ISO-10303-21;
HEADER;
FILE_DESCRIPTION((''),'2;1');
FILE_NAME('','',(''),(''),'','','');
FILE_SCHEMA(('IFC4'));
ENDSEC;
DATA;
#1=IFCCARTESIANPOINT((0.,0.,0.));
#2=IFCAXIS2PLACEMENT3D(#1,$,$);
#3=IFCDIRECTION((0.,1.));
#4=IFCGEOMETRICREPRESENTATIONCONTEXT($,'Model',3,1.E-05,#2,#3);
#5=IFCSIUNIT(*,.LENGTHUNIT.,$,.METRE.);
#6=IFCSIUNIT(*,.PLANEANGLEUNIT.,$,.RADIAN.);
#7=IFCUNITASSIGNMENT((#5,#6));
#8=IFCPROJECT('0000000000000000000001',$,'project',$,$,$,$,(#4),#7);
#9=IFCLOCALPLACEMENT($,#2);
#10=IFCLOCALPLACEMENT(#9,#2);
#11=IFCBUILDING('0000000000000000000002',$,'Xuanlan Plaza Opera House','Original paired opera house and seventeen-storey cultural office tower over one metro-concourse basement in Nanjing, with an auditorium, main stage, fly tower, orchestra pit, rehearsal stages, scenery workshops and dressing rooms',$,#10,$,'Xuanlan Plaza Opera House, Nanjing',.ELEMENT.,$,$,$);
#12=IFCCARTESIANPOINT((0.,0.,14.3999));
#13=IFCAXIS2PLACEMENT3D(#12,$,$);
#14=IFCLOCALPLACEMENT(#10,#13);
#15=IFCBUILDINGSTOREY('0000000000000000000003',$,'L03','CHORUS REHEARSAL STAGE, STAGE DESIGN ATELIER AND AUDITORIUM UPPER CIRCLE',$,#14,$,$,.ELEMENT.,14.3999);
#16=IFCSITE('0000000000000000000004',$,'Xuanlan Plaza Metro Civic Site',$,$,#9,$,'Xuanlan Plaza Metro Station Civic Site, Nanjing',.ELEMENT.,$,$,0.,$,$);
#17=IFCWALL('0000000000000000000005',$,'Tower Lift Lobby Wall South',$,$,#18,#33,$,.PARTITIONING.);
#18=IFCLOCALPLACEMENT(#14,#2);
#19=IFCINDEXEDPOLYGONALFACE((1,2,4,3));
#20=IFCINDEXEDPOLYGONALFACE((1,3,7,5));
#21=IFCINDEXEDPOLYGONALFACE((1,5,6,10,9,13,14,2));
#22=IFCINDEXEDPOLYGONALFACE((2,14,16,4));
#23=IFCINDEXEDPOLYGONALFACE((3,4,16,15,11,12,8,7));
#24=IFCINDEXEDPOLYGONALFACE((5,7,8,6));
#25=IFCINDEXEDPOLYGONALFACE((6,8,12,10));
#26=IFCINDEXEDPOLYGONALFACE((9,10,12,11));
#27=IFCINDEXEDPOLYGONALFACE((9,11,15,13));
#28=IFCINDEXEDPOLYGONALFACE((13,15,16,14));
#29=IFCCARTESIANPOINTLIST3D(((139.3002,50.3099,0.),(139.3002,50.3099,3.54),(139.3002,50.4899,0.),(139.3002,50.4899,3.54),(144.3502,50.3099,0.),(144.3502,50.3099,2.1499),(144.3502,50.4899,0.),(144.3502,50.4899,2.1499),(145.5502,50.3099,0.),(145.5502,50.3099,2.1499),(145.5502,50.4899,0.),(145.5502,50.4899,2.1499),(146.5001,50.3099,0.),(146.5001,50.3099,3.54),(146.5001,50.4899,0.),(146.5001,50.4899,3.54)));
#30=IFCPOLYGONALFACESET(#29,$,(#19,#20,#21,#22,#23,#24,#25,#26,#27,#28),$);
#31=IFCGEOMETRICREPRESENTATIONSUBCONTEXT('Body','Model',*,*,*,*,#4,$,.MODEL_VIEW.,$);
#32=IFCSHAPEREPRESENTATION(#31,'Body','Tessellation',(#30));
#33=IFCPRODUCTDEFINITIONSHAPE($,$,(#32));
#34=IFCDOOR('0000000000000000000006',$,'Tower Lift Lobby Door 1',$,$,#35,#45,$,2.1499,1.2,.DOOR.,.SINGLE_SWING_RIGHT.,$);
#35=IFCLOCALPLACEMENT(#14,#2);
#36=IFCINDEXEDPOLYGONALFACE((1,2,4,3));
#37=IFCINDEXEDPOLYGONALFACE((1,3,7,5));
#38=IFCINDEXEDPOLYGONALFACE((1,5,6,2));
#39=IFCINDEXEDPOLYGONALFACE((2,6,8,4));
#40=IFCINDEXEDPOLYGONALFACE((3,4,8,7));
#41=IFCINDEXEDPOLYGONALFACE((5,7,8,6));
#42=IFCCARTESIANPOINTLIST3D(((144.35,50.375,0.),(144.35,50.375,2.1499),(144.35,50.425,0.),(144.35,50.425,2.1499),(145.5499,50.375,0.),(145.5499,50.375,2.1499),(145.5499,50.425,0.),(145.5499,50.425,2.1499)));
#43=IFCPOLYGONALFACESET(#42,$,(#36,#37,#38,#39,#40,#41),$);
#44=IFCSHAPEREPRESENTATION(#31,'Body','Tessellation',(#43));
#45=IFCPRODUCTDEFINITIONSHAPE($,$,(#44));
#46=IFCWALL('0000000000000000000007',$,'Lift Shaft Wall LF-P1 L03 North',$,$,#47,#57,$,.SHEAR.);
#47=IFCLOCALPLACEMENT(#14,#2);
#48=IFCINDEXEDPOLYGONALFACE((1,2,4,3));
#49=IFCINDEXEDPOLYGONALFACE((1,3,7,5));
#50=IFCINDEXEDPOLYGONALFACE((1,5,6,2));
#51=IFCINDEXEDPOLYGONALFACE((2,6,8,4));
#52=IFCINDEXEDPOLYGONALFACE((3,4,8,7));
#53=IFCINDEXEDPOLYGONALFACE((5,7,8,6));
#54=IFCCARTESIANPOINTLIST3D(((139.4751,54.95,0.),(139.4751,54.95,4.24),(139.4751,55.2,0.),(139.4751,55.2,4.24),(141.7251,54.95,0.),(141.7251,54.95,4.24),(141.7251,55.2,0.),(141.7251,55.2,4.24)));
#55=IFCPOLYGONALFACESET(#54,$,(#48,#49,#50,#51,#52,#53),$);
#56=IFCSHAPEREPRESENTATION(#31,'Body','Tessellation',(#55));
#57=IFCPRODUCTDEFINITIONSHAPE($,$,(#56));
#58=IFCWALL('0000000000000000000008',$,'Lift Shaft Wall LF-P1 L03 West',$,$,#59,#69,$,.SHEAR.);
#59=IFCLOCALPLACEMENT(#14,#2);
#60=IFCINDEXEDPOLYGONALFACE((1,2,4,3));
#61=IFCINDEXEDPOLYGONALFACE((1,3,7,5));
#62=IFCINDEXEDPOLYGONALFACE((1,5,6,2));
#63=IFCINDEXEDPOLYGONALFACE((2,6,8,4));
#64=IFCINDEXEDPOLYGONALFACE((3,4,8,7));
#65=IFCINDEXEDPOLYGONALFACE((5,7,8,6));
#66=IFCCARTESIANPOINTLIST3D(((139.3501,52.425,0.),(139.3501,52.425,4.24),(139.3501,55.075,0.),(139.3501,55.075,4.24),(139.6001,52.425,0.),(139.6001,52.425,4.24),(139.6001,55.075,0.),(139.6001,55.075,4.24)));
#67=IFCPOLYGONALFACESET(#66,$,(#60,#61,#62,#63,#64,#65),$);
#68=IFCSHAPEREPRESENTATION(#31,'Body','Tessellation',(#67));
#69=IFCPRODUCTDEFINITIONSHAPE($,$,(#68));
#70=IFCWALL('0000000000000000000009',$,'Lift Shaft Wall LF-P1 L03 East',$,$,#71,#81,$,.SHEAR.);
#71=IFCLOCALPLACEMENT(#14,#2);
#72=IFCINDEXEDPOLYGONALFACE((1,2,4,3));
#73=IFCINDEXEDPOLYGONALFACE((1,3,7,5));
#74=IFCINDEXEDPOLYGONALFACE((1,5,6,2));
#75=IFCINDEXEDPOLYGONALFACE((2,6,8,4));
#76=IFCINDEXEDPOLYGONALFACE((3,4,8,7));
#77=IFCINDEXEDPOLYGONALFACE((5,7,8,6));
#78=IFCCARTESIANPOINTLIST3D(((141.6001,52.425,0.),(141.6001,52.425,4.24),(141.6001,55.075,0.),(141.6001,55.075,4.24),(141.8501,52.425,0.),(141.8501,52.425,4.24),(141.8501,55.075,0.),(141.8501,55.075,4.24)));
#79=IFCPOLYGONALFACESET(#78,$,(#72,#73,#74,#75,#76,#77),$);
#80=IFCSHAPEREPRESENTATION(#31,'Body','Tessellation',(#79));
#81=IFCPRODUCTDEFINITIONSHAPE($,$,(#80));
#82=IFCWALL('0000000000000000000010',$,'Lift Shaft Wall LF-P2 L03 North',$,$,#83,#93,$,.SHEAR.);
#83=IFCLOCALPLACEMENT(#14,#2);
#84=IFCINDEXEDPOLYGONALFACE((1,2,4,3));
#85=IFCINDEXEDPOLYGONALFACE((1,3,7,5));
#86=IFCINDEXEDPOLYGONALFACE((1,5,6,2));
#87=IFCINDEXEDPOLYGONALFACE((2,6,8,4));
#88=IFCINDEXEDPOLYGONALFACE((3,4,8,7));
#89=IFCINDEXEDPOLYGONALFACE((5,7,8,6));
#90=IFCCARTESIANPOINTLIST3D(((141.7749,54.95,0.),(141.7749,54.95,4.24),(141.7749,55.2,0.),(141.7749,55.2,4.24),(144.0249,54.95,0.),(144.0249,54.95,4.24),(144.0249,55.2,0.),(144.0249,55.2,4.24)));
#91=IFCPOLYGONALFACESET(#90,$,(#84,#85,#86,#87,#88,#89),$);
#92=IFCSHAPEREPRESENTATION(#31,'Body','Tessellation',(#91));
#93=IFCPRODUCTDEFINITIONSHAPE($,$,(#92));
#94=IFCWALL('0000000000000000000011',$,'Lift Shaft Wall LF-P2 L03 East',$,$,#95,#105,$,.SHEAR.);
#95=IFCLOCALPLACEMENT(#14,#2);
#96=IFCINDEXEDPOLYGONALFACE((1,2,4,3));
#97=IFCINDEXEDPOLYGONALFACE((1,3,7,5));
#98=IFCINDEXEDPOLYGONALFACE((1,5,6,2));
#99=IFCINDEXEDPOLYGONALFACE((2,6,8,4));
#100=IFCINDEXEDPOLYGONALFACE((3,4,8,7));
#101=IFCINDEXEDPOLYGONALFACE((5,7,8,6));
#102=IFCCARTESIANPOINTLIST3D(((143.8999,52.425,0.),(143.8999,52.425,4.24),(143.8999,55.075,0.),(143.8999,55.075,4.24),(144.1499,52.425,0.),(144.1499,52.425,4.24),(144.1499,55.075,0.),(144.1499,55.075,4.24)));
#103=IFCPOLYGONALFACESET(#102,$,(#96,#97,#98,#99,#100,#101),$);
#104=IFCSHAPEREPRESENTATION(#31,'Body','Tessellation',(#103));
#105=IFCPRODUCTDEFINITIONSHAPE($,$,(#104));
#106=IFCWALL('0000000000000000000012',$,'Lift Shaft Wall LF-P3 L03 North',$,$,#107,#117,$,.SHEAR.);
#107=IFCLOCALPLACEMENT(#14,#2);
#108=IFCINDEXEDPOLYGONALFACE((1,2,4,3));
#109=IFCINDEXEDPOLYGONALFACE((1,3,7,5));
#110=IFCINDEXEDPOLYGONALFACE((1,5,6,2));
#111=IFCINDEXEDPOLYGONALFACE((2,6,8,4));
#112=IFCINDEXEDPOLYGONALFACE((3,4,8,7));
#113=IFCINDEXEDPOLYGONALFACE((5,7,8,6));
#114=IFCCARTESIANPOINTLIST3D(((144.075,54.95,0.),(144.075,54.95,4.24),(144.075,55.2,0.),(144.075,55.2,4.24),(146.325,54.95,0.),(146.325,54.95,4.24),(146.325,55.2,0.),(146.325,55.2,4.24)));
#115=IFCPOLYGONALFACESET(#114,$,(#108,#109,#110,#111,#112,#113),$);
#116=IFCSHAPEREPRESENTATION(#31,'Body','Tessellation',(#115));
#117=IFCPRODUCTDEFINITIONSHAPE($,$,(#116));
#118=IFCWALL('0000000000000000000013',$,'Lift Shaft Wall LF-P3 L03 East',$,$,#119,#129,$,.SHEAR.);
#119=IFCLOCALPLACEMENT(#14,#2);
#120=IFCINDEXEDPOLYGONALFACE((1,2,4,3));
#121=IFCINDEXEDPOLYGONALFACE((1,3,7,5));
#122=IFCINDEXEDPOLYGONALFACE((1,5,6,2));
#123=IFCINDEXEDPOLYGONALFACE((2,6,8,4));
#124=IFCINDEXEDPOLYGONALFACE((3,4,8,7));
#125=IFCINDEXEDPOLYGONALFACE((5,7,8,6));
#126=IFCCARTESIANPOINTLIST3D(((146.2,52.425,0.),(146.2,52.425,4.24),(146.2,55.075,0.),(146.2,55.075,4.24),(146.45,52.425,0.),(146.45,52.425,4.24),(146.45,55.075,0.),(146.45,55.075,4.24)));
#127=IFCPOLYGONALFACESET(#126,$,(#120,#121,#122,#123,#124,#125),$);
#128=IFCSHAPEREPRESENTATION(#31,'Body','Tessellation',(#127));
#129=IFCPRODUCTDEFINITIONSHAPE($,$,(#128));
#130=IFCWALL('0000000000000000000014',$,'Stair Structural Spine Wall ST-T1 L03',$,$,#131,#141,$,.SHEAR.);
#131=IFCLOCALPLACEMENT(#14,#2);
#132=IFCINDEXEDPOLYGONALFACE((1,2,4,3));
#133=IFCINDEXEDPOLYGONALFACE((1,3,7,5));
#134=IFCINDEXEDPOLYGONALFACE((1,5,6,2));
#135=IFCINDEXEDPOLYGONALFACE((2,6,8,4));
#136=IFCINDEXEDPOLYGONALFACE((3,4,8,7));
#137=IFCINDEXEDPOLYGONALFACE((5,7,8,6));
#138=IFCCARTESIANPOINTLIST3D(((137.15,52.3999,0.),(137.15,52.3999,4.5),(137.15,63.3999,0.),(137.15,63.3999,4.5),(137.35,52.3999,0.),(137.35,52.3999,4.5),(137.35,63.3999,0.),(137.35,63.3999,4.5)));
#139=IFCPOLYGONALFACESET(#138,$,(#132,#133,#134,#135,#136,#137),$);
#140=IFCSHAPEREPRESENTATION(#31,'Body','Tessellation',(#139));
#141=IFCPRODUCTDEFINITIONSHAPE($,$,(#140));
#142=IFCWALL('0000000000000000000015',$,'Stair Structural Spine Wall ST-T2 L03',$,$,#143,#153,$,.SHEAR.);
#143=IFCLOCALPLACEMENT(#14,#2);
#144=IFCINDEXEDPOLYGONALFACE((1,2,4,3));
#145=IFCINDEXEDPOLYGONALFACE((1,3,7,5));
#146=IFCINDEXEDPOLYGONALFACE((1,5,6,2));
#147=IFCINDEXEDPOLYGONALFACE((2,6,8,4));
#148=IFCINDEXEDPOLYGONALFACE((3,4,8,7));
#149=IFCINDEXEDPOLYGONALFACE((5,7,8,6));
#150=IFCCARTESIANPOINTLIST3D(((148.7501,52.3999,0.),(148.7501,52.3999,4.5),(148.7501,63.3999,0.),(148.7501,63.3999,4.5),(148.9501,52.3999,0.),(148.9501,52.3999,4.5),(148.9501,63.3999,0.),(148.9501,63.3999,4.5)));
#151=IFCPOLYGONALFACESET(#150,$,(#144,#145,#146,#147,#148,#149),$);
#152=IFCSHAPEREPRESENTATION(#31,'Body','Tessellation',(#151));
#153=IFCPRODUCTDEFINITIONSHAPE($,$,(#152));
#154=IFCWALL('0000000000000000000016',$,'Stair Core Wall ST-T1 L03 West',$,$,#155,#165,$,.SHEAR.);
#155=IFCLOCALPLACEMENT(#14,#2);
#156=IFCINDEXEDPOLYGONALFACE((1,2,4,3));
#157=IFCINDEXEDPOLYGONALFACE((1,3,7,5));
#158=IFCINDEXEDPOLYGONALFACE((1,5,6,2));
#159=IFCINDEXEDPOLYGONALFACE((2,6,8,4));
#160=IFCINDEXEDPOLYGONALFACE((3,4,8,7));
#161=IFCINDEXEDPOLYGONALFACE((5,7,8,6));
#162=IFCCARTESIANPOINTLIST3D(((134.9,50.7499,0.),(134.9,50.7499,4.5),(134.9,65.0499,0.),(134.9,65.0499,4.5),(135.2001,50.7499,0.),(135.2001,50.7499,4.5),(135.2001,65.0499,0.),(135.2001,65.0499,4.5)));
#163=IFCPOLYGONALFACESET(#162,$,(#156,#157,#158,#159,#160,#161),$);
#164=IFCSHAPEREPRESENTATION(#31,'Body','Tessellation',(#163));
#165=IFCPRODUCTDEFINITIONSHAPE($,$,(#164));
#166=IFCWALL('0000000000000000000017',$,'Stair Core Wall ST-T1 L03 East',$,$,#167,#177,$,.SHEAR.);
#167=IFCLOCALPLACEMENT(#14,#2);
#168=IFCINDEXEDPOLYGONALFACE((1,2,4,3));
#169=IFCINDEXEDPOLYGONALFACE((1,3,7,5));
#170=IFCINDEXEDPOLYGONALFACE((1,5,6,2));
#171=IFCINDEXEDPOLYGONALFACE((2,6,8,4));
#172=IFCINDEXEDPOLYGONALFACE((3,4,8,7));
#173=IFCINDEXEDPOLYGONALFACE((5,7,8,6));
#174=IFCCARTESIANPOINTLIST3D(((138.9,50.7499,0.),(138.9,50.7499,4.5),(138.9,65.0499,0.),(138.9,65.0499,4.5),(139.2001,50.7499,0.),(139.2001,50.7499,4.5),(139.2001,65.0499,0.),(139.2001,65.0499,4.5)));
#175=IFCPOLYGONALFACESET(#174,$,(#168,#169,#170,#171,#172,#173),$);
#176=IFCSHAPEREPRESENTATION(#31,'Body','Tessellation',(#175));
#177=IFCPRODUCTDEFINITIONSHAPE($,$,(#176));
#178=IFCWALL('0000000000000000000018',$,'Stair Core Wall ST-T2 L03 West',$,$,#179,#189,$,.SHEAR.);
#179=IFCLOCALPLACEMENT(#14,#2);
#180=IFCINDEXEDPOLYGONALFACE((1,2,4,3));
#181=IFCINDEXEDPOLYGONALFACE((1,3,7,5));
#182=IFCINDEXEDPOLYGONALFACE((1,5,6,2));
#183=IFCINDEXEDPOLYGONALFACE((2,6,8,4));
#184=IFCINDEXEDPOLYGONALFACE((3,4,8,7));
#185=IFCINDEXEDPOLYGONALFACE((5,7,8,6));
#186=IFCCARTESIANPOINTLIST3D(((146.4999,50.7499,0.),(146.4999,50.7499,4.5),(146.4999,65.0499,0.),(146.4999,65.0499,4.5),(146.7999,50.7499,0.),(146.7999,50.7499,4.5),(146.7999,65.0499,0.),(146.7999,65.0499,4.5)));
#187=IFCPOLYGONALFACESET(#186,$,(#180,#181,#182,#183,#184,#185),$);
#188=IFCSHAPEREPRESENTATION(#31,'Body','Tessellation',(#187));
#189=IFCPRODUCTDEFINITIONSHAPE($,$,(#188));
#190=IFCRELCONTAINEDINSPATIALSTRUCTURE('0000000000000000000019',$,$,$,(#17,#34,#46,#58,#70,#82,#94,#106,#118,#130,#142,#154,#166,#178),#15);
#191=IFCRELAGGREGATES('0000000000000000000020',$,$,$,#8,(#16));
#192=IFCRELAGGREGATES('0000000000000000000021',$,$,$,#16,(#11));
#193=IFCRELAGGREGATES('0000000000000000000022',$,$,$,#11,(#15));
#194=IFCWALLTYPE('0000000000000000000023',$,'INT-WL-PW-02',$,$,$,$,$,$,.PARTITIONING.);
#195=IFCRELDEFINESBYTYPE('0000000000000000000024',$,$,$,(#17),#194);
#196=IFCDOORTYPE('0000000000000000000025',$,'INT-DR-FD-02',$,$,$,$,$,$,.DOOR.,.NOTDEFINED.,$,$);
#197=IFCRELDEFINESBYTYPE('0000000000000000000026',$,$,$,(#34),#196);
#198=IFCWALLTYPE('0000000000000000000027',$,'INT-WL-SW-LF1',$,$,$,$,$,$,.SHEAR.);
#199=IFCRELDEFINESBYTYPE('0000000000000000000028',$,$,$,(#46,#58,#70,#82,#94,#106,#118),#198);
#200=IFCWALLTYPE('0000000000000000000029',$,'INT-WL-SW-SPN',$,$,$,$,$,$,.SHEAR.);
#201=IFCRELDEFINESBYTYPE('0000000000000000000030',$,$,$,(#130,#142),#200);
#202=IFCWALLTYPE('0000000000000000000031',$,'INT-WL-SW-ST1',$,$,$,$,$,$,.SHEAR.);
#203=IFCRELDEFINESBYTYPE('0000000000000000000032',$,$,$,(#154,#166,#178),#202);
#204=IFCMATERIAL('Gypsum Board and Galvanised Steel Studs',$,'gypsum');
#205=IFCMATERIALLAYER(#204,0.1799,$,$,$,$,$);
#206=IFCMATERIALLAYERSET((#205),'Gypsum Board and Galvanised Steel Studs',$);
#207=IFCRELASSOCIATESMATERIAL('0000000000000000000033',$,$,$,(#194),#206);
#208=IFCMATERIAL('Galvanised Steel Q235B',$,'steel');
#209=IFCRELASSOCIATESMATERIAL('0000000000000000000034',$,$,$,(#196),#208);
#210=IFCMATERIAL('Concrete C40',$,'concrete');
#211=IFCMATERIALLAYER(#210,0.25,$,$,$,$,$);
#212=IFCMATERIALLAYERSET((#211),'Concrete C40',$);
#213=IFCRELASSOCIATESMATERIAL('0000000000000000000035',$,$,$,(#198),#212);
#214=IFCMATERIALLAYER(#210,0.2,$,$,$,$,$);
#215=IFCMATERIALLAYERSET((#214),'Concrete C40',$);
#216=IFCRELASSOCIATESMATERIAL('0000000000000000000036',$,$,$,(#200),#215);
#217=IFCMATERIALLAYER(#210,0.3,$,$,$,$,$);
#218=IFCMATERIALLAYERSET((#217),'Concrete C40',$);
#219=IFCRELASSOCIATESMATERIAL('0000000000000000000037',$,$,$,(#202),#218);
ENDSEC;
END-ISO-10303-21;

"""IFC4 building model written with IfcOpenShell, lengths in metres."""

from ifc_helpers import new_model, si_unit, direction, frame, frame_2d, origin, place, context, subcontext, project, spatial, rectangle, extrude, material, layer, layer_set, type_object, element, fill, save


model = new_model("IFC4")

# Units and contexts
model_context = context("Model", 3, precision=1e-05, world=origin(), true_north=direction((0.0, 1.0)))
body_context = subcontext(model_context, "Body", "Model", "MODEL_VIEW")
ifc_project = project(units=[si_unit("LENGTHUNIT", "METRE"), si_unit("PLANEANGLEUNIT", "RADIAN")], contexts=[model_context])

# Site, building, storey
site_placement = place(None, origin())
site = spatial("IfcSite", under=ifc_project, at=site_placement, Name="Xuanlan Plaza Metro Civic Site", LongName="Xuanlan Plaza Metro Station Civic Site, Nanjing", CompositionType="ELEMENT", RefElevation=0.0)
building_placement = place(site_placement, origin())
building = spatial("IfcBuilding", under=site, at=building_placement, Name="Xuanlan Plaza Opera House", Description="Original paired opera house and seventeen-storey cultural office tower over one metro-concourse basement in Nanjing, with an auditorium, main stage, fly tower, orchestra pit, rehearsal stages, scenery workshops and dressing rooms", LongName="Xuanlan Plaza Opera House, Nanjing", CompositionType="ELEMENT")
storey_placement = place(building_placement, frame((0.0, 0.0, 14.3999)))
storey = spatial("IfcBuildingStorey", under=building, at=storey_placement, Name="L03", Description="CHORUS REHEARSAL STAGE, STAGE DESIGN ATELIER AND AUDITORIUM UPPER CIRCLE", CompositionType="ELEMENT", Elevation=14.3999)

# Shared definitions
ifc_material_1 = material(Name="Concrete C40", Category="concrete")

# Wall, opening, door
ifc_material_2 = material(Name="Gypsum Board and Galvanised Steel Studs", Category="gypsum")
ifc_layer_1 = layer(ifc_material_2, 0.1799)
ifc_layer_set_1 = layer_set([ifc_layer_1], Name="Gypsum Board and Galvanised Steel Studs")
wall_type_1 = type_object("IfcWallType", Name="INT-WL-PW-02", PredefinedType="PARTITIONING", material=ifc_layer_set_1)
wall_1_placement = place(storey_placement, frame((139.3, 50.3999, 0.0), z_axis=(0.0, 0.0, 1.0), x_axis=(1.0, 0.0, 0.0)))
wall_1 = element("IfcWall", 1, at=wall_1_placement, inside=storey, type_object=wall_type_1, Name="Tower Lift Lobby Wall South", PredefinedType="PARTITIONING", context=body_context, shape_type="SweptSolid", body=[
    extrude(rectangle(XDim=7.2, YDim=0.1799, at=frame_2d((3.6001, 0.0))), origin(), (0.0, 0.0, 1.0), 3.54),
])
opening_1_placement = place(wall_1_placement, frame((5.05, 0.0, 0.0)))
opening_1 = element("IfcOpeningElement", 2, at=opening_1_placement, cuts=wall_1, PredefinedType="OPENING", context=body_context, shape_type="SweptSolid", body=[
    extrude(rectangle(XDim=1.2, YDim=2.1499, at=frame_2d((0.6001, 1.075))), frame((0.0, 0.0999, 0.0), z_axis=(0.0, -1.0, 0.0), x_axis=(1.0, 0.0, 0.0)), (0.0, 0.0, 1.0), 0.2),
])
ifc_material_3 = material(Name="Galvanised Steel Q235B", Category="steel")
door_type_1 = type_object("IfcDoorType", Name="INT-DR-FD-02", OperationType="NOTDEFINED", PredefinedType="DOOR", material=ifc_material_3)
door_1_placement = place(opening_1_placement, frame((1.2, 0.0, 0.0), z_axis=(0.0, 0.0, 1.0), x_axis=(-1.0, 0.0, 0.0)))
door_1 = element("IfcDoor", 3, at=door_1_placement, inside=storey, type_object=door_type_1, Name="Tower Lift Lobby Door 1", OperationType="SINGLE_SWING_RIGHT", OverallHeight=2.1499, OverallWidth=1.2, PredefinedType="DOOR", context=body_context, shape_type="SweptSolid", body=[
    extrude(rectangle(XDim=1.2, YDim=2.1499, at=frame_2d((0.6001, 1.075))), frame((0.0, 0.0249, 0.0), z_axis=(0.0, -1.0, 0.0), x_axis=(1.0, 0.0, 0.0)), (0.0, 0.0, 1.0), 0.05),
])
fill(opening_1, door_1)
ifc_layer_2 = layer(ifc_material_1, 0.25)
ifc_layer_set_2 = layer_set([ifc_layer_2], Name="Concrete C40")
wall_type_2 = type_object("IfcWallType", Name="INT-WL-SW-LF1", PredefinedType="SHEAR", material=ifc_layer_set_2)

# Walls
wall_2_placement = place(storey_placement, frame((139.4751, 55.075, 0.0), z_axis=(0.0, 0.0, 1.0), x_axis=(1.0, 0.0, 0.0)))
element("IfcWall", 4, at=wall_2_placement, inside=storey, type_object=wall_type_2, Name="Lift Shaft Wall LF-P1 L03 North", PredefinedType="SHEAR", context=body_context, shape_type="SweptSolid", body=[
    extrude(rectangle(XDim=2.25, YDim=0.25, at=frame_2d((1.125, 0.0))), origin(), (0.0, 0.0, 1.0), 4.24),
])
for number, where, z_axis, x_axis, name in (
    (5, (139.4751, 52.425, 0.0), (0.0, 0.0, 1.0), (0.0, 1.0, 0.0), "Lift Shaft Wall LF-P1 L03 West"),
    (6, (141.7251, 52.425, 0.0), (0.0, 0.0, 1.0), (0.0, 1.0, 0.0), "Lift Shaft Wall LF-P1 L03 East"),
):
    element("IfcWall", number, at=place(storey_placement, frame(where, z_axis=z_axis, x_axis=x_axis)), inside=storey, type_object=wall_type_2, Name=name, PredefinedType="SHEAR", context=body_context, shape_type="SweptSolid", body=[
        extrude(rectangle(XDim=2.6499, YDim=0.25, at=frame_2d((1.325, 0.0))), origin(), (0.0, 0.0, 1.0), 4.24),
    ])

# Walls
wall_3_placement = place(storey_placement, frame((141.7749, 55.075, 0.0), z_axis=(0.0, 0.0, 1.0), x_axis=(1.0, 0.0, 0.0)))
element("IfcWall", 7, at=wall_3_placement, inside=storey, type_object=wall_type_2, Name="Lift Shaft Wall LF-P2 L03 North", PredefinedType="SHEAR", context=body_context, shape_type="SweptSolid", body=[
    extrude(rectangle(XDim=2.25, YDim=0.25, at=frame_2d((1.125, 0.0))), origin(), (0.0, 0.0, 1.0), 4.24),
])
wall_4_placement = place(storey_placement, frame((144.0249, 52.425, 0.0), z_axis=(0.0, 0.0, 1.0), x_axis=(0.0, 1.0, 0.0)))
element("IfcWall", 8, at=wall_4_placement, inside=storey, type_object=wall_type_2, Name="Lift Shaft Wall LF-P2 L03 East", PredefinedType="SHEAR", context=body_context, shape_type="SweptSolid", body=[
    extrude(rectangle(XDim=2.6499, YDim=0.25, at=frame_2d((1.325, 0.0))), origin(), (0.0, 0.0, 1.0), 4.24),
])

# Walls
wall_5_placement = place(storey_placement, frame((144.075, 55.075, 0.0), z_axis=(0.0, 0.0, 1.0), x_axis=(1.0, 0.0, 0.0)))
element("IfcWall", 9, at=wall_5_placement, inside=storey, type_object=wall_type_2, Name="Lift Shaft Wall LF-P3 L03 North", PredefinedType="SHEAR", context=body_context, shape_type="SweptSolid", body=[
    extrude(rectangle(XDim=2.25, YDim=0.25, at=frame_2d((1.125, 0.0))), origin(), (0.0, 0.0, 1.0), 4.24),
])
wall_6_placement = place(storey_placement, frame((146.325, 52.425, 0.0), z_axis=(0.0, 0.0, 1.0), x_axis=(0.0, 1.0, 0.0)))
element("IfcWall", 10, at=wall_6_placement, inside=storey, type_object=wall_type_2, Name="Lift Shaft Wall LF-P3 L03 East", PredefinedType="SHEAR", context=body_context, shape_type="SweptSolid", body=[
    extrude(rectangle(XDim=2.6499, YDim=0.25, at=frame_2d((1.325, 0.0))), origin(), (0.0, 0.0, 1.0), 4.24),
])
ifc_layer_3 = layer(ifc_material_1, 0.2)
ifc_layer_set_3 = layer_set([ifc_layer_3], Name="Concrete C40")
wall_type_3 = type_object("IfcWallType", Name="INT-WL-SW-SPN", PredefinedType="SHEAR", material=ifc_layer_set_3)
for number, where, z_axis, x_axis, name in (
    (11, (137.25, 52.3999, 0.0), (0.0, 0.0, 1.0), (0.0, 1.0, 0.0), "Stair Structural Spine Wall ST-T1 L03"),
    (12, (148.8501, 52.3999, 0.0), (0.0, 0.0, 1.0), (0.0, 1.0, 0.0), "Stair Structural Spine Wall ST-T2 L03"),
):
    element("IfcWall", number, at=place(storey_placement, frame(where, z_axis=z_axis, x_axis=x_axis)), inside=storey, type_object=wall_type_3, Name=name, PredefinedType="SHEAR", context=body_context, shape_type="SweptSolid", body=[
        extrude(rectangle(XDim=11.0, YDim=0.2, at=frame_2d((5.5, 0.0))), origin(), (0.0, 0.0, 1.0), 4.5),
    ])

# Shared definitions
ifc_layer_4 = layer(ifc_material_1, 0.3)
ifc_layer_set_4 = layer_set([ifc_layer_4], Name="Concrete C40")
wall_type_4 = type_object("IfcWallType", Name="INT-WL-SW-ST1", PredefinedType="SHEAR", material=ifc_layer_set_4)

# Walls
for number, where, z_axis, x_axis, name in (
    (13, (135.05, 50.75, 0.0), (0.0, 0.0, 1.0), (0.0, 1.0, 0.0), "Stair Core Wall ST-T1 L03 West"),
    (14, (139.05, 50.75, 0.0), (0.0, 0.0, 1.0), (0.0, 1.0, 0.0), "Stair Core Wall ST-T1 L03 East"),
):
    element("IfcWall", number, at=place(storey_placement, frame(where, z_axis=z_axis, x_axis=x_axis)), inside=storey, type_object=wall_type_4, Name=name, PredefinedType="SHEAR", context=body_context, shape_type="SweptSolid", body=[
        extrude(rectangle(XDim=14.3, YDim=0.3, at=frame_2d((7.1499, 0.0))), origin(), (0.0, 0.0, 1.0), 4.5),
    ])

# Wall
wall_7_placement = place(storey_placement, frame((146.6499, 50.75, 0.0), z_axis=(0.0, 0.0, 1.0), x_axis=(0.0, 1.0, 0.0)))
element("IfcWall", 15, at=wall_7_placement, inside=storey, type_object=wall_type_4, Name="Stair Core Wall ST-T2 L03 West", PredefinedType="SHEAR", context=body_context, shape_type="SweptSolid", body=[
    extrude(rectangle(XDim=14.3, YDim=0.3, at=frame_2d((7.1499, 0.0))), origin(), (0.0, 0.0, 1.0), 4.5),
])

save(model, "model.ifc")
